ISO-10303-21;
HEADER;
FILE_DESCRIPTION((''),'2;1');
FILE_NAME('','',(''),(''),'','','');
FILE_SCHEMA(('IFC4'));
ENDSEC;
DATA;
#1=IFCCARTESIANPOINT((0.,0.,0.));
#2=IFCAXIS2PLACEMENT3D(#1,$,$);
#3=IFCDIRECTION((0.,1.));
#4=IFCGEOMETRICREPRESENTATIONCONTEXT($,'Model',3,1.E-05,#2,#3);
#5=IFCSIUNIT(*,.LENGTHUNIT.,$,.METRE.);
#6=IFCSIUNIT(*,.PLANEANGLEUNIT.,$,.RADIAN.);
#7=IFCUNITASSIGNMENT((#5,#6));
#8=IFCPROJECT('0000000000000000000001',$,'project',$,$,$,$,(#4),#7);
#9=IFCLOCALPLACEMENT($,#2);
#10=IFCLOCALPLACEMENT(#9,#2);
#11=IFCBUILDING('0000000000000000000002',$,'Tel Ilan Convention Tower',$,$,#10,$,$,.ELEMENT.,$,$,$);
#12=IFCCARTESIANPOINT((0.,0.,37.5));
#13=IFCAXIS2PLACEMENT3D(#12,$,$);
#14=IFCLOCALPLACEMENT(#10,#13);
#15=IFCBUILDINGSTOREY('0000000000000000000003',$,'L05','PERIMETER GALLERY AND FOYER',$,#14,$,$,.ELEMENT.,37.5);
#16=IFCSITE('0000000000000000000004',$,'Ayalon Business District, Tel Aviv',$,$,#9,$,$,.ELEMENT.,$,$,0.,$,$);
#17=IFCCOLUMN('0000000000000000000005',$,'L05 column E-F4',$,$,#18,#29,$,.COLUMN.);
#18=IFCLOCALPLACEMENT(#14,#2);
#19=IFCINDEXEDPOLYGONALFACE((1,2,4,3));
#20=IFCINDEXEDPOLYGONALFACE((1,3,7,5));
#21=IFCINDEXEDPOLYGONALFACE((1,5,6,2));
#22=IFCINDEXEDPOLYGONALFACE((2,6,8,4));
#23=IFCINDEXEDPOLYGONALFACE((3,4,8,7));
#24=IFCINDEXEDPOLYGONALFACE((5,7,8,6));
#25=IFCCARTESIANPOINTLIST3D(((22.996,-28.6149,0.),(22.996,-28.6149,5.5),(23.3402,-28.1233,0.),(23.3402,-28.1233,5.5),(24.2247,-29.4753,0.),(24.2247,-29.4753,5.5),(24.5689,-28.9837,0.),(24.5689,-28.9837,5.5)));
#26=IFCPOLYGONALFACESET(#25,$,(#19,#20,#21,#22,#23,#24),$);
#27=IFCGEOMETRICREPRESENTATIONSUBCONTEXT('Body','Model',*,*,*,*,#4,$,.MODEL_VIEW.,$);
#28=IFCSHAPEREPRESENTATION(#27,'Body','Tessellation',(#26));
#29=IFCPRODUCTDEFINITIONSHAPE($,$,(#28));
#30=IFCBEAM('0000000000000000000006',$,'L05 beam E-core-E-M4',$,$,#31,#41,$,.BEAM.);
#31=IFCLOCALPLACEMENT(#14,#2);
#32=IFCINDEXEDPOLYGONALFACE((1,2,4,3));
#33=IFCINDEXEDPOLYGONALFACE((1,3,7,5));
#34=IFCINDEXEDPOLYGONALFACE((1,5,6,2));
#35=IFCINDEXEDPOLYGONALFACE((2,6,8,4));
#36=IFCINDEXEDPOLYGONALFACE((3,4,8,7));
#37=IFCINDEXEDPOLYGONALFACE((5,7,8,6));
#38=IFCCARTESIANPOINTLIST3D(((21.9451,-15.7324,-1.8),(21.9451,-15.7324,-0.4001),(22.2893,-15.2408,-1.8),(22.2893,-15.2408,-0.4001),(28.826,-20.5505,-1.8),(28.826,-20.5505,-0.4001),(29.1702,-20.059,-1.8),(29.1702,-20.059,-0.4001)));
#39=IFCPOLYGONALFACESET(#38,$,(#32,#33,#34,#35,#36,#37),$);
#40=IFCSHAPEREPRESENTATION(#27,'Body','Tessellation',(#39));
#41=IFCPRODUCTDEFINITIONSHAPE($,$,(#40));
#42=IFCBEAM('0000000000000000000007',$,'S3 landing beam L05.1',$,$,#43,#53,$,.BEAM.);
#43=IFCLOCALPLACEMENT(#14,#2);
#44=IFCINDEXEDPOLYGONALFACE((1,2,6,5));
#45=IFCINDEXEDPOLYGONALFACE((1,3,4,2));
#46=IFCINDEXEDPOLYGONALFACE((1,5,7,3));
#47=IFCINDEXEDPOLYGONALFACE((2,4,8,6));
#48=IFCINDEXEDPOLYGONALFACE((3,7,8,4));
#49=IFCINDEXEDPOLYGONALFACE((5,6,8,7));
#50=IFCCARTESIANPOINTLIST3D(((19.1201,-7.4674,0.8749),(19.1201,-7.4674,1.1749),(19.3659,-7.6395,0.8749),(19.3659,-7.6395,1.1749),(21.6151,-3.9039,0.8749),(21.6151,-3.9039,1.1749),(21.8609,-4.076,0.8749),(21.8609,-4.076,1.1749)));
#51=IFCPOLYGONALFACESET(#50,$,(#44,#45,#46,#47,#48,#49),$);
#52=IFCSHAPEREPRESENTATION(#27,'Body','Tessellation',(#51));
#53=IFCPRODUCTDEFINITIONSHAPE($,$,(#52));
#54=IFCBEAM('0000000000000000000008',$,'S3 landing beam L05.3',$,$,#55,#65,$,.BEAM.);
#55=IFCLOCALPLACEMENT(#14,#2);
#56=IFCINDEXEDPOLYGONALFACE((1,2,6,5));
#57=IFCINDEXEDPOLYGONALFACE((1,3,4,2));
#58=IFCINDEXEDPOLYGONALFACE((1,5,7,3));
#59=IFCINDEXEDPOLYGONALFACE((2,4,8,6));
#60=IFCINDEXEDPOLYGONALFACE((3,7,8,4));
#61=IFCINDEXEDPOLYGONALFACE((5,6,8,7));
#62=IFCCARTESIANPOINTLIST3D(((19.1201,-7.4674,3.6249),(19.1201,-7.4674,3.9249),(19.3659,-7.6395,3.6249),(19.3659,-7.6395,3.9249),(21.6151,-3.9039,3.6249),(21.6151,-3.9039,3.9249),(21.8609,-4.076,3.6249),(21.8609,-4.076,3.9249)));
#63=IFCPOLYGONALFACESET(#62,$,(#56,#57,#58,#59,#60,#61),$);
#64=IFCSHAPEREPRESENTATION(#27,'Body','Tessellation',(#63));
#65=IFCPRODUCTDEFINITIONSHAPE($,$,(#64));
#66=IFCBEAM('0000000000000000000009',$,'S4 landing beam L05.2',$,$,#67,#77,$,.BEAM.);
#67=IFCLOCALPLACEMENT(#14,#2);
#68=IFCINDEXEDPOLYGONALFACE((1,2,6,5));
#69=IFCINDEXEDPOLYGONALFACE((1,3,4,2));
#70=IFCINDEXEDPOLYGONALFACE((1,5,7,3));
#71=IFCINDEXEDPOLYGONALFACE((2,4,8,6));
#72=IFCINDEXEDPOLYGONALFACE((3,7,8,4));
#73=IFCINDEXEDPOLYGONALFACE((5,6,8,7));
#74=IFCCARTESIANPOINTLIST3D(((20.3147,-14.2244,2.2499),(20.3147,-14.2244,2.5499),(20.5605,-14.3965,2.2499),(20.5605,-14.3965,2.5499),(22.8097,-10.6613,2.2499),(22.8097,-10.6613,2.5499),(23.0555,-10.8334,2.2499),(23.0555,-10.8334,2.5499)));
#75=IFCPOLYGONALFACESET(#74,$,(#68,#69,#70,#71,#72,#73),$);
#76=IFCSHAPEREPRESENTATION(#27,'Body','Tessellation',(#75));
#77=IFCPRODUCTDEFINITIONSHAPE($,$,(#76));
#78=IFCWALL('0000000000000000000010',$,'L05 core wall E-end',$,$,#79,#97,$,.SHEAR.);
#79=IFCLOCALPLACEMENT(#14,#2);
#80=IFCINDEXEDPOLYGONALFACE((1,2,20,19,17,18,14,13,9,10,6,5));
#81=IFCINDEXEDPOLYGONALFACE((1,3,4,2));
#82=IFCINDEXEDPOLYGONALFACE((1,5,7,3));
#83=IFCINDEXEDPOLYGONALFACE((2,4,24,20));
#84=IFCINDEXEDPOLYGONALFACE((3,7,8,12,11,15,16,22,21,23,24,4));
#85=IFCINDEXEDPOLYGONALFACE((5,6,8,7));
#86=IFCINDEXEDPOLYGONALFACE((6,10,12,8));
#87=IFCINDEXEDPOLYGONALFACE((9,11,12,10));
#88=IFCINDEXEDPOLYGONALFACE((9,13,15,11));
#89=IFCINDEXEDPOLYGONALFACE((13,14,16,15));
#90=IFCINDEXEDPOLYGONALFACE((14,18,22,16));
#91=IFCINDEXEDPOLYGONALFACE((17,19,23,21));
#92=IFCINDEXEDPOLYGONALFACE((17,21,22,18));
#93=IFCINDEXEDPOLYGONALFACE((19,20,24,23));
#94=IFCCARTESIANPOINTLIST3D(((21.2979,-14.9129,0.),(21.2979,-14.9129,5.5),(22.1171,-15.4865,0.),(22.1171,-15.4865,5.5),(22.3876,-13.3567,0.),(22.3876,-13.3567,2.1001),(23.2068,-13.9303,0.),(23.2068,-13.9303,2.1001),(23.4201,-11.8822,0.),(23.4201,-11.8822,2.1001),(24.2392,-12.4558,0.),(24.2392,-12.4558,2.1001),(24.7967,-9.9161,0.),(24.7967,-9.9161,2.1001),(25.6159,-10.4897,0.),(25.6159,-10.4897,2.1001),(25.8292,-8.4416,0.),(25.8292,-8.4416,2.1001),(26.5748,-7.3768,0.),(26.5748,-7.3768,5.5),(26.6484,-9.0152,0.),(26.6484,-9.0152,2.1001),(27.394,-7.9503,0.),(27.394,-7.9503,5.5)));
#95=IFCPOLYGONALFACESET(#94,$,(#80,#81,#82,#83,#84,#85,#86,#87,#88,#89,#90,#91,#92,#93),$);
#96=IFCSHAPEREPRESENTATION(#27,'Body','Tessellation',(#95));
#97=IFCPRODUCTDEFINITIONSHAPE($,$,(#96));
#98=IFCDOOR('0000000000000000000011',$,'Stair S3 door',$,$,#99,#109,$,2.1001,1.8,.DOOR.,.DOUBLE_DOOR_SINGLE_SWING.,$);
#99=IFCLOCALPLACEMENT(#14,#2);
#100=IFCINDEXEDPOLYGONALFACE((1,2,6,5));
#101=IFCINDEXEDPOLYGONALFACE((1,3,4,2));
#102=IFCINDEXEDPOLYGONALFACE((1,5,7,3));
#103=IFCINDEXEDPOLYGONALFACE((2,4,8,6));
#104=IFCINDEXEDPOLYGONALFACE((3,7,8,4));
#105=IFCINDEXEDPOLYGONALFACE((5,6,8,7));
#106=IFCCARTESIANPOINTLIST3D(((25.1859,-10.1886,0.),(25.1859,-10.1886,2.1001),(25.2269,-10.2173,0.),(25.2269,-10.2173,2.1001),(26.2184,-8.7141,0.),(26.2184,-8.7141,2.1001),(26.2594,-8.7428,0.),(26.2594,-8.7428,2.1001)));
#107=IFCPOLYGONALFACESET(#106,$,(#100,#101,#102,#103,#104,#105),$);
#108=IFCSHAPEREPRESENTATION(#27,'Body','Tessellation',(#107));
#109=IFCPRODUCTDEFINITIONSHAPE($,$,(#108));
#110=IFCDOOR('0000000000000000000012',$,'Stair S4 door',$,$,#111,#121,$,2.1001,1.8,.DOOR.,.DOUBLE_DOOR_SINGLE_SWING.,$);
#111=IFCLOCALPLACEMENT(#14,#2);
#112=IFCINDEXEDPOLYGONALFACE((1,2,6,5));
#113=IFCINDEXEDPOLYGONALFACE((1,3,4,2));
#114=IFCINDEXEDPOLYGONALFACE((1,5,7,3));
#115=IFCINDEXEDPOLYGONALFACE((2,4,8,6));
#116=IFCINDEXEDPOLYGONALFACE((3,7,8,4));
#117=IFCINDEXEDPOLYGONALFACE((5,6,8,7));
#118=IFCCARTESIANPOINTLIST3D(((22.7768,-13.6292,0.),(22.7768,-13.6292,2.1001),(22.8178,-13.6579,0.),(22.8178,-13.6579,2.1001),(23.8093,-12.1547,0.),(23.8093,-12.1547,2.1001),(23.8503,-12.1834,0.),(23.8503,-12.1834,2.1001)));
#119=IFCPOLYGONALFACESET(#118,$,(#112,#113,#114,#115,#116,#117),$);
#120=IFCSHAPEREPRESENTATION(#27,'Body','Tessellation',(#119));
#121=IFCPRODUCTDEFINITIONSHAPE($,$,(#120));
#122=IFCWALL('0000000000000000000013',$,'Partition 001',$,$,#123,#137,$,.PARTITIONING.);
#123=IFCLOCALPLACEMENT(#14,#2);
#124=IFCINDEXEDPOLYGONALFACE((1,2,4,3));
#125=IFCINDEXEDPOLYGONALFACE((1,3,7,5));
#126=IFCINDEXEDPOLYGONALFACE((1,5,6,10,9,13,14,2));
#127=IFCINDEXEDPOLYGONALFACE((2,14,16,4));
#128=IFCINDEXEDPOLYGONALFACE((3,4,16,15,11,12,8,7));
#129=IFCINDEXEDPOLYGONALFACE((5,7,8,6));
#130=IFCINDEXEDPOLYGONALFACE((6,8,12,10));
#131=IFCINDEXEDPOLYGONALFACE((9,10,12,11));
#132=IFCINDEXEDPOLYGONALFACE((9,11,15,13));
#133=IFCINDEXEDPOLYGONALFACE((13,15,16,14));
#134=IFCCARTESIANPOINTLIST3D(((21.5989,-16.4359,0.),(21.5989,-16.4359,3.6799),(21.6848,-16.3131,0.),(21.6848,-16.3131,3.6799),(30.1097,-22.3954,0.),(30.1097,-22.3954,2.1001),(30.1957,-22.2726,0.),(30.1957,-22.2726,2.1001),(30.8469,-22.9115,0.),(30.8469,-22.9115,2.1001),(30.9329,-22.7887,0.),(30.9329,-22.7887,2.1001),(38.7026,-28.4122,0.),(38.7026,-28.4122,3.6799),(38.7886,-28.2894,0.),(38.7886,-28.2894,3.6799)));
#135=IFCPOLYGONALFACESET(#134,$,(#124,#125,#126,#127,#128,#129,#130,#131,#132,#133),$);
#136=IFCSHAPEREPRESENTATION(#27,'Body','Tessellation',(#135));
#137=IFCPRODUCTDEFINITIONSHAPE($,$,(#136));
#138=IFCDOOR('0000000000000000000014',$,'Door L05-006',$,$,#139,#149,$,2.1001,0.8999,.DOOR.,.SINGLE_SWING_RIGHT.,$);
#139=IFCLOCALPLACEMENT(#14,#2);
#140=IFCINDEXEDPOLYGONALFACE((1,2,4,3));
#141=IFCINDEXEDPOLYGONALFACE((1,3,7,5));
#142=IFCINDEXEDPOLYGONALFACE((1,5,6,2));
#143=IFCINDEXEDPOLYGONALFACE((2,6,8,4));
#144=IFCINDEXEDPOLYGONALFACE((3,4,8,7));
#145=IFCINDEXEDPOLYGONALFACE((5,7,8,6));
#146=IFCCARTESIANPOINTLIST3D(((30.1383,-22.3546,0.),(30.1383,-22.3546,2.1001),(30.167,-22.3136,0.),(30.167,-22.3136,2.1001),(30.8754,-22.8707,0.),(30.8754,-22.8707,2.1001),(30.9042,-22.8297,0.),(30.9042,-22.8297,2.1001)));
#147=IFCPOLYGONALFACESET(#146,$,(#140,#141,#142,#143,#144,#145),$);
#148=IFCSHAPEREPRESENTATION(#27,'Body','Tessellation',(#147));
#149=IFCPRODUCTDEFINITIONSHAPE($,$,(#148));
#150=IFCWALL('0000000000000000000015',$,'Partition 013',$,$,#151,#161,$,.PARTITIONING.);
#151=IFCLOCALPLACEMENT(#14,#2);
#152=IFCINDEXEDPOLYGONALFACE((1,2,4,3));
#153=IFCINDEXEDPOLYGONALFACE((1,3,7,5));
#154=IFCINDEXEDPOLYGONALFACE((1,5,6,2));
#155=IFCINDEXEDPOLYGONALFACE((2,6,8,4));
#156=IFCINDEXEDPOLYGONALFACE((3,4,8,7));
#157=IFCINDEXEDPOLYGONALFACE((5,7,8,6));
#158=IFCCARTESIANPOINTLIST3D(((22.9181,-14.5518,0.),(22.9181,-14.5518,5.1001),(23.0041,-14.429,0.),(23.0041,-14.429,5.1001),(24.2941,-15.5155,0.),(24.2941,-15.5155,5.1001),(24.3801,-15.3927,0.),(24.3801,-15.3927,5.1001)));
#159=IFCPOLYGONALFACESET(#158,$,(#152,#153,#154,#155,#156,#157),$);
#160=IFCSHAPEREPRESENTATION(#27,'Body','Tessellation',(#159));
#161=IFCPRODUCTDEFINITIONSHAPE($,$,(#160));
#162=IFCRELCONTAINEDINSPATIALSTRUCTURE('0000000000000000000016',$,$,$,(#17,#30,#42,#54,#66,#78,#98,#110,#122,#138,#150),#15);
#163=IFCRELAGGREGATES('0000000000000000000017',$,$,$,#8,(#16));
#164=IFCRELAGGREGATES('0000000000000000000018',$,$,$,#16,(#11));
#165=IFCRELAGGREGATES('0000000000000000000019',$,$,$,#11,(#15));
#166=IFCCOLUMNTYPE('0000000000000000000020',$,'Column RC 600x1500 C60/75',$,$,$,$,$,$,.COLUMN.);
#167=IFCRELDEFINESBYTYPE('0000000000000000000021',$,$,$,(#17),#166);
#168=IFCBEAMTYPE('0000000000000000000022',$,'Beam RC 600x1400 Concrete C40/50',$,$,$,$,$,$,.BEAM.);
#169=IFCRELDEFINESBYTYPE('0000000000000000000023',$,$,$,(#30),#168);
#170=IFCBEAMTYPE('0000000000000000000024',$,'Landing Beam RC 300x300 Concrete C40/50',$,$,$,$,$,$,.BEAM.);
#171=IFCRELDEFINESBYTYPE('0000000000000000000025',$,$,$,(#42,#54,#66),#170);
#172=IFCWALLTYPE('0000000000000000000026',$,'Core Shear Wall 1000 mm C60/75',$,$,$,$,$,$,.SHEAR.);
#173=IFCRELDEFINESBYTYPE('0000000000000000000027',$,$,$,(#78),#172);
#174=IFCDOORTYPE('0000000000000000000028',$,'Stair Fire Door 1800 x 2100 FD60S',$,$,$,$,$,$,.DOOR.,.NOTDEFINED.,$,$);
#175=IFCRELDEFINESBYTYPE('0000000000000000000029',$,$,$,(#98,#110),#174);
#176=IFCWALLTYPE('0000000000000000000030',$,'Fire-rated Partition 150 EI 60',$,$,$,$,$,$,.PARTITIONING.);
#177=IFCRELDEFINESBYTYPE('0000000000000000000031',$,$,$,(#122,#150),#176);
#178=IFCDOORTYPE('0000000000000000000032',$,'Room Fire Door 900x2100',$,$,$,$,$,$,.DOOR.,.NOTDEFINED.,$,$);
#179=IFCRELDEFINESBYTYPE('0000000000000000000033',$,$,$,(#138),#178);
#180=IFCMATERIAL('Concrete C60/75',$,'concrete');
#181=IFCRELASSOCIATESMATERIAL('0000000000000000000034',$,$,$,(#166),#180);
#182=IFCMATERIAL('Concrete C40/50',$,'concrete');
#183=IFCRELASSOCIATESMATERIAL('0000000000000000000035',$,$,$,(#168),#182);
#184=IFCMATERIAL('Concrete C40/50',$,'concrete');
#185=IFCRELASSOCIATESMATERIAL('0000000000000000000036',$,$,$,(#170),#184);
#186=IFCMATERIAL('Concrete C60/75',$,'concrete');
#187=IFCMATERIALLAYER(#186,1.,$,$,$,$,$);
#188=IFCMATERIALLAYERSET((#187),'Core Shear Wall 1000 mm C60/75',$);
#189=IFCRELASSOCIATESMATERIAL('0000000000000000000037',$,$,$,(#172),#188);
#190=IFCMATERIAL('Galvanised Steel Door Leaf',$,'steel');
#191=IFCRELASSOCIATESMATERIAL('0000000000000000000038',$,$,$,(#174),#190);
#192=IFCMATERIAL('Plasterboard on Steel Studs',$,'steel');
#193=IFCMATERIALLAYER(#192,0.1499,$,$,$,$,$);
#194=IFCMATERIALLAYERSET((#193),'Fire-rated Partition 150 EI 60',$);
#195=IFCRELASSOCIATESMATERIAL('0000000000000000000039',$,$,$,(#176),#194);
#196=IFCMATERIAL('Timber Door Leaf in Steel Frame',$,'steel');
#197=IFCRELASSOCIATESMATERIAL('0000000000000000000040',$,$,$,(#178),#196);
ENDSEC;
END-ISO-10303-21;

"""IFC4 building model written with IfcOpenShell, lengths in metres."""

from ifc_helpers import new_model, si_unit, direction, frame, frame_2d, origin, origin_2d, place, context, subcontext, project, spatial, polyline, rectangle, outline, extrude, material, layer, layer_set, material_profile, profile_set, type_object, element, fill, save


model = new_model("IFC4")

# Units and contexts
model_context = context("Model", 3, precision=1e-05, world=origin(), true_north=direction((0.0, 1.0)))
body_context = subcontext(model_context, "Body", "Model", "MODEL_VIEW")
ifc_project = project(units=[si_unit("LENGTHUNIT", "METRE"), si_unit("PLANEANGLEUNIT", "RADIAN")], contexts=[model_context])

# Site, building, storey
site_placement = place(None, origin())
site = spatial("IfcSite", under=ifc_project, at=site_placement, Name="Ayalon Business District, Tel Aviv", CompositionType="ELEMENT", RefElevation=0.0)
building_placement = place(site_placement, origin())
building = spatial("IfcBuilding", under=site, at=building_placement, Name="Tel Ilan Convention Tower", CompositionType="ELEMENT")
storey_placement = place(building_placement, frame((0.0, 0.0, 37.5)))
storey = spatial("IfcBuildingStorey", under=building, at=storey_placement, Name="L05", Description="PERIMETER GALLERY AND FOYER", CompositionType="ELEMENT", Elevation=37.5)

# Column
ifc_material_1 = material(Name="Concrete C60/75", Category="concrete")
ifc_material_profile_1 = material_profile(ifc_material_1, rectangle(XDim=1.5, YDim=0.6001, at=origin_2d()), Name="RC 600x1500")
ifc_profile_set_1 = profile_set([ifc_material_profile_1], Name="Concrete C60/75")
column_type = type_object("IfcColumnType", Name="Column RC 600x1500 C60/75", PredefinedType="COLUMN", material=ifc_profile_set_1)
column_placement = place(storey_placement, frame((23.7825, -28.7993, 0.0), z_axis=(0.0, 0.0, 1.0), x_axis=(0.819152, -0.573576, 0.0)))
element("IfcColumn", 1, at=column_placement, inside=storey, type_object=column_type, Name="L05 column E-F4", PredefinedType="COLUMN", context=body_context, shape_type="SweptSolid", body=[
    extrude(rectangle(XDim=1.5, YDim=0.6001, at=origin_2d()), origin(), (0.0, 0.0, 1.0), 5.5),
])

# Beams
ifc_material_2 = material(Name="Concrete C40/50", Category="concrete")
ifc_material_profile_2 = material_profile(ifc_material_2, rectangle(XDim=0.6001, YDim=1.3999, at=origin_2d()), Name="RC 600x1400")
ifc_profile_set_2 = profile_set([ifc_material_profile_2], Name="Concrete C40/50")
beam_type_1 = type_object("IfcBeamType", Name="Beam RC 600x1400 Concrete C40/50", PredefinedType="BEAM", material=ifc_profile_set_2)
beam_1_placement = place(storey_placement, frame((22.1172, -15.4866, -1.1001), z_axis=(0.819147, -0.573583, 0.0), x_axis=(0.573583, 0.819147, 0.0)))
element("IfcBeam", 2, at=beam_1_placement, inside=storey, type_object=beam_type_1, Name="L05 beam E-core-E-M4", PredefinedType="BEAM", context=body_context, shape_type="SweptSolid", body=[
    extrude(rectangle(XDim=0.6001, YDim=1.3999, at=origin_2d()), origin(), (0.0, 0.0, 1.0), 8.4001),
])
ifc_material_3 = material(Name="Concrete C40/50", Category="concrete")
ifc_material_profile_3 = material_profile(ifc_material_3, rectangle(XDim=0.3, YDim=0.3, at=origin_2d()), Name="RC 300x300")
ifc_profile_set_3 = profile_set([ifc_material_profile_3], Name="Concrete C40/50")
beam_type_2 = type_object("IfcBeamType", Name="Landing Beam RC 300x300 Concrete C40/50", PredefinedType="BEAM", material=ifc_profile_set_3)
for number, where, z_axis, x_axis, name in (
    (3, (21.738, -3.99, 1.0249), (-0.573568, -0.819158, 0.0), (0.819158, -0.573568, 0.0), "S3 landing beam L05.1"),
    (4, (21.738, -3.99, 3.7749), (-0.573568, -0.819158, 0.0), (0.819158, -0.573568, 0.0), "S3 landing beam L05.3"),
):
    element("IfcBeam", number, at=place(storey_placement, frame(where, z_axis=z_axis, x_axis=x_axis)), inside=storey, type_object=beam_type_2, Name=name, PredefinedType="BEAM", context=body_context, shape_type="SweptSolid", body=[
        extrude(rectangle(XDim=0.3, YDim=0.3, at=origin_2d()), origin(), (0.0, 0.0, 1.0), 4.3501),
    ])
beam_2_placement = place(storey_placement, frame((22.9326, -10.7473, 2.3999), z_axis=(-0.573594, -0.81914, 0.0), x_axis=(0.81914, -0.573594, 0.0)))
element("IfcBeam", 5, at=beam_2_placement, inside=storey, type_object=beam_type_2, Name="S4 landing beam L05.2", PredefinedType="BEAM", context=body_context, shape_type="SweptSolid", body=[
    extrude(rectangle(XDim=0.3, YDim=0.3, at=origin_2d()), origin(), (0.0, 0.0, 1.0), 4.3499),
])

# Wall, openings, doors
ifc_material_4 = material(Name="Concrete C60/75", Category="concrete")
ifc_layer_1 = layer(ifc_material_4, 1.0)
ifc_layer_set_1 = layer_set([ifc_layer_1], Name="Core Shear Wall 1000 mm C60/75")
wall_type_1 = type_object("IfcWallType", Name="Core Shear Wall 1000 mm C60/75", PredefinedType="SHEAR", material=ifc_layer_set_1)
wall_1_placement = place(storey_placement, frame((21.7075, -15.1997, 0.0), z_axis=(0.0, 0.0, 1.0), x_axis=(0.573576, 0.819152, 0.0)))
wall_1 = element("IfcWall", 6, at=wall_1_placement, inside=storey, type_object=wall_type_1, Name="L05 core wall E-end", PredefinedType="SHEAR", context=body_context, shape_type="SweptSolid", body=[
    extrude(outline(polyline([(9.2, 0.5), (0.0, 0.5), (0.0, -0.5), (9.2, -0.5), (9.2, 0.5)])), origin(), (0.0, 0.0, 1.0), 5.5),
])
opening_1_placement = place(wall_1_placement, frame((6.1001, 0.0, 0.0)))
opening_1 = element("IfcOpeningElement", 7, at=opening_1_placement, cuts=wall_1, PredefinedType="OPENING", context=body_context, shape_type="SweptSolid", body=[
    extrude(rectangle(XDim=1.8, YDim=2.1001, at=frame_2d((0.8999, 1.05))), frame((0.0, 0.51, 0.0), z_axis=(0.0, -1.0, 0.0), x_axis=(1.0, 0.0, 0.0)), (0.0, 0.0, 1.0), 1.02),
])
opening_2_placement = place(wall_1_placement, frame((1.8999, 0.0, 0.0)))
opening_2 = element("IfcOpeningElement", 8, at=opening_2_placement, cuts=wall_1, PredefinedType="OPENING", context=body_context, shape_type="SweptSolid", body=[
    extrude(rectangle(XDim=1.8, YDim=2.1001, at=frame_2d((0.8999, 1.05))), frame((0.0, 0.51, 0.0), z_axis=(0.0, -1.0, 0.0), x_axis=(1.0, 0.0, 0.0)), (0.0, 0.0, 1.0), 1.02),
])
ifc_material_5 = material(Name="Galvanised Steel Door Leaf", Category="steel")
door_type_1 = type_object("IfcDoorType", Name="Stair Fire Door 1800 x 2100 FD60S", OperationType="NOTDEFINED", PredefinedType="DOOR", material=ifc_material_5)
door_1_placement = place(opening_1_placement, origin())
door_1 = element("IfcDoor", 9, at=door_1_placement, inside=storey, type_object=door_type_1, Name="Stair S3 door", OperationType="DOUBLE_DOOR_SINGLE_SWING", OverallHeight=2.1001, OverallWidth=1.8, PredefinedType="DOOR", context=body_context, shape_type="SweptSolid", body=[
    extrude(rectangle(XDim=1.8, YDim=2.1001, at=frame_2d((0.8999, 1.05))), frame((0.0, 0.0249, 0.0), z_axis=(0.0, -1.0, 0.0), x_axis=(1.0, 0.0, 0.0)), (0.0, 0.0, 1.0), 0.05),
])
fill(opening_1, door_1)
door_2_placement = place(opening_2_placement, origin())
door_2 = element("IfcDoor", 10, at=door_2_placement, inside=storey, type_object=door_type_1, Name="Stair S4 door", OperationType="DOUBLE_DOOR_SINGLE_SWING", OverallHeight=2.1001, OverallWidth=1.8, PredefinedType="DOOR", context=body_context, shape_type="SweptSolid", body=[
    extrude(rectangle(XDim=1.8, YDim=2.1001, at=frame_2d((0.8999, 1.05))), frame((0.0, 0.0249, 0.0), z_axis=(0.0, -1.0, 0.0), x_axis=(1.0, 0.0, 0.0)), (0.0, 0.0, 1.0), 0.05),
])
fill(opening_2, door_2)

# Wall, opening, door
ifc_material_6 = material(Name="Plasterboard on Steel Studs", Category="steel")
ifc_layer_2 = layer(ifc_material_6, 0.1499)
ifc_layer_set_2 = layer_set([ifc_layer_2], Name="Fire-rated Partition 150 EI 60")
wall_type_2 = type_object("IfcWallType", Name="Fire-rated Partition 150 EI 60", PredefinedType="PARTITIONING", material=ifc_layer_set_2)
wall_2_placement = place(storey_placement, frame((21.6418, -16.3745, 0.0), z_axis=(0.0, 0.0, 1.0), x_axis=(0.819149, -0.573581, 0.0)))
wall_2 = element("IfcWall", 11, at=wall_2_placement, inside=storey, type_object=wall_type_2, Name="Partition 001", PredefinedType="PARTITIONING", context=body_context, shape_type="SweptSolid", body=[
    extrude(rectangle(XDim=20.8799, YDim=0.1499, at=frame_2d((10.4399, 0.0))), origin(), (0.0, 0.0, 1.0), 3.6799),
])
opening_3_placement = place(wall_2_placement, frame((10.3899, 0.0, 0.0)))
opening_3 = element("IfcOpeningElement", 12, at=opening_3_placement, cuts=wall_2, PredefinedType="OPENING", context=body_context, shape_type="SweptSolid", body=[
    extrude(rectangle(XDim=0.8999, YDim=2.1001, at=frame_2d((0.45, 1.05))), frame((0.0, 0.085, 0.0), z_axis=(0.0, -1.0, 0.0), x_axis=(1.0, 0.0, 0.0)), (0.0, 0.0, 1.0), 0.1699),
])
ifc_material_7 = material(Name="Timber Door Leaf in Steel Frame", Category="steel")
door_type_2 = type_object("IfcDoorType", Name="Room Fire Door 900x2100", OperationType="NOTDEFINED", PredefinedType="DOOR", material=ifc_material_7)
door_3_placement = place(opening_3_placement, origin())
door_3 = element("IfcDoor", 13, at=door_3_placement, inside=storey, type_object=door_type_2, Name="Door L05-006", OperationType="SINGLE_SWING_RIGHT", OverallHeight=2.1001, OverallWidth=0.8999, PredefinedType="DOOR", context=body_context, shape_type="SweptSolid", body=[
    extrude(rectangle(XDim=0.8999, YDim=2.1001, at=frame_2d((0.45, 1.05))), frame((0.0, 0.0249, 0.0), z_axis=(0.0, -1.0, 0.0), x_axis=(1.0, 0.0, 0.0)), (0.0, 0.0, 1.0), 0.05),
])
fill(opening_3, door_3)

# Wall
wall_3_placement = place(storey_placement, frame((22.9612, -14.4905, 0.0), z_axis=(0.0, 0.0, 1.0), x_axis=(0.819109, -0.573638, 0.0)))
element("IfcWall", 14, at=wall_3_placement, inside=storey, type_object=wall_type_2, Name="Partition 013", PredefinedType="PARTITIONING", context=body_context, shape_type="SweptSolid", body=[
    extrude(rectangle(XDim=1.6799, YDim=0.1499, at=frame_2d((0.8398, 0.0))), origin(), (0.0, 0.0, 1.0), 5.1001),
])

save(model, "model.ifc")
